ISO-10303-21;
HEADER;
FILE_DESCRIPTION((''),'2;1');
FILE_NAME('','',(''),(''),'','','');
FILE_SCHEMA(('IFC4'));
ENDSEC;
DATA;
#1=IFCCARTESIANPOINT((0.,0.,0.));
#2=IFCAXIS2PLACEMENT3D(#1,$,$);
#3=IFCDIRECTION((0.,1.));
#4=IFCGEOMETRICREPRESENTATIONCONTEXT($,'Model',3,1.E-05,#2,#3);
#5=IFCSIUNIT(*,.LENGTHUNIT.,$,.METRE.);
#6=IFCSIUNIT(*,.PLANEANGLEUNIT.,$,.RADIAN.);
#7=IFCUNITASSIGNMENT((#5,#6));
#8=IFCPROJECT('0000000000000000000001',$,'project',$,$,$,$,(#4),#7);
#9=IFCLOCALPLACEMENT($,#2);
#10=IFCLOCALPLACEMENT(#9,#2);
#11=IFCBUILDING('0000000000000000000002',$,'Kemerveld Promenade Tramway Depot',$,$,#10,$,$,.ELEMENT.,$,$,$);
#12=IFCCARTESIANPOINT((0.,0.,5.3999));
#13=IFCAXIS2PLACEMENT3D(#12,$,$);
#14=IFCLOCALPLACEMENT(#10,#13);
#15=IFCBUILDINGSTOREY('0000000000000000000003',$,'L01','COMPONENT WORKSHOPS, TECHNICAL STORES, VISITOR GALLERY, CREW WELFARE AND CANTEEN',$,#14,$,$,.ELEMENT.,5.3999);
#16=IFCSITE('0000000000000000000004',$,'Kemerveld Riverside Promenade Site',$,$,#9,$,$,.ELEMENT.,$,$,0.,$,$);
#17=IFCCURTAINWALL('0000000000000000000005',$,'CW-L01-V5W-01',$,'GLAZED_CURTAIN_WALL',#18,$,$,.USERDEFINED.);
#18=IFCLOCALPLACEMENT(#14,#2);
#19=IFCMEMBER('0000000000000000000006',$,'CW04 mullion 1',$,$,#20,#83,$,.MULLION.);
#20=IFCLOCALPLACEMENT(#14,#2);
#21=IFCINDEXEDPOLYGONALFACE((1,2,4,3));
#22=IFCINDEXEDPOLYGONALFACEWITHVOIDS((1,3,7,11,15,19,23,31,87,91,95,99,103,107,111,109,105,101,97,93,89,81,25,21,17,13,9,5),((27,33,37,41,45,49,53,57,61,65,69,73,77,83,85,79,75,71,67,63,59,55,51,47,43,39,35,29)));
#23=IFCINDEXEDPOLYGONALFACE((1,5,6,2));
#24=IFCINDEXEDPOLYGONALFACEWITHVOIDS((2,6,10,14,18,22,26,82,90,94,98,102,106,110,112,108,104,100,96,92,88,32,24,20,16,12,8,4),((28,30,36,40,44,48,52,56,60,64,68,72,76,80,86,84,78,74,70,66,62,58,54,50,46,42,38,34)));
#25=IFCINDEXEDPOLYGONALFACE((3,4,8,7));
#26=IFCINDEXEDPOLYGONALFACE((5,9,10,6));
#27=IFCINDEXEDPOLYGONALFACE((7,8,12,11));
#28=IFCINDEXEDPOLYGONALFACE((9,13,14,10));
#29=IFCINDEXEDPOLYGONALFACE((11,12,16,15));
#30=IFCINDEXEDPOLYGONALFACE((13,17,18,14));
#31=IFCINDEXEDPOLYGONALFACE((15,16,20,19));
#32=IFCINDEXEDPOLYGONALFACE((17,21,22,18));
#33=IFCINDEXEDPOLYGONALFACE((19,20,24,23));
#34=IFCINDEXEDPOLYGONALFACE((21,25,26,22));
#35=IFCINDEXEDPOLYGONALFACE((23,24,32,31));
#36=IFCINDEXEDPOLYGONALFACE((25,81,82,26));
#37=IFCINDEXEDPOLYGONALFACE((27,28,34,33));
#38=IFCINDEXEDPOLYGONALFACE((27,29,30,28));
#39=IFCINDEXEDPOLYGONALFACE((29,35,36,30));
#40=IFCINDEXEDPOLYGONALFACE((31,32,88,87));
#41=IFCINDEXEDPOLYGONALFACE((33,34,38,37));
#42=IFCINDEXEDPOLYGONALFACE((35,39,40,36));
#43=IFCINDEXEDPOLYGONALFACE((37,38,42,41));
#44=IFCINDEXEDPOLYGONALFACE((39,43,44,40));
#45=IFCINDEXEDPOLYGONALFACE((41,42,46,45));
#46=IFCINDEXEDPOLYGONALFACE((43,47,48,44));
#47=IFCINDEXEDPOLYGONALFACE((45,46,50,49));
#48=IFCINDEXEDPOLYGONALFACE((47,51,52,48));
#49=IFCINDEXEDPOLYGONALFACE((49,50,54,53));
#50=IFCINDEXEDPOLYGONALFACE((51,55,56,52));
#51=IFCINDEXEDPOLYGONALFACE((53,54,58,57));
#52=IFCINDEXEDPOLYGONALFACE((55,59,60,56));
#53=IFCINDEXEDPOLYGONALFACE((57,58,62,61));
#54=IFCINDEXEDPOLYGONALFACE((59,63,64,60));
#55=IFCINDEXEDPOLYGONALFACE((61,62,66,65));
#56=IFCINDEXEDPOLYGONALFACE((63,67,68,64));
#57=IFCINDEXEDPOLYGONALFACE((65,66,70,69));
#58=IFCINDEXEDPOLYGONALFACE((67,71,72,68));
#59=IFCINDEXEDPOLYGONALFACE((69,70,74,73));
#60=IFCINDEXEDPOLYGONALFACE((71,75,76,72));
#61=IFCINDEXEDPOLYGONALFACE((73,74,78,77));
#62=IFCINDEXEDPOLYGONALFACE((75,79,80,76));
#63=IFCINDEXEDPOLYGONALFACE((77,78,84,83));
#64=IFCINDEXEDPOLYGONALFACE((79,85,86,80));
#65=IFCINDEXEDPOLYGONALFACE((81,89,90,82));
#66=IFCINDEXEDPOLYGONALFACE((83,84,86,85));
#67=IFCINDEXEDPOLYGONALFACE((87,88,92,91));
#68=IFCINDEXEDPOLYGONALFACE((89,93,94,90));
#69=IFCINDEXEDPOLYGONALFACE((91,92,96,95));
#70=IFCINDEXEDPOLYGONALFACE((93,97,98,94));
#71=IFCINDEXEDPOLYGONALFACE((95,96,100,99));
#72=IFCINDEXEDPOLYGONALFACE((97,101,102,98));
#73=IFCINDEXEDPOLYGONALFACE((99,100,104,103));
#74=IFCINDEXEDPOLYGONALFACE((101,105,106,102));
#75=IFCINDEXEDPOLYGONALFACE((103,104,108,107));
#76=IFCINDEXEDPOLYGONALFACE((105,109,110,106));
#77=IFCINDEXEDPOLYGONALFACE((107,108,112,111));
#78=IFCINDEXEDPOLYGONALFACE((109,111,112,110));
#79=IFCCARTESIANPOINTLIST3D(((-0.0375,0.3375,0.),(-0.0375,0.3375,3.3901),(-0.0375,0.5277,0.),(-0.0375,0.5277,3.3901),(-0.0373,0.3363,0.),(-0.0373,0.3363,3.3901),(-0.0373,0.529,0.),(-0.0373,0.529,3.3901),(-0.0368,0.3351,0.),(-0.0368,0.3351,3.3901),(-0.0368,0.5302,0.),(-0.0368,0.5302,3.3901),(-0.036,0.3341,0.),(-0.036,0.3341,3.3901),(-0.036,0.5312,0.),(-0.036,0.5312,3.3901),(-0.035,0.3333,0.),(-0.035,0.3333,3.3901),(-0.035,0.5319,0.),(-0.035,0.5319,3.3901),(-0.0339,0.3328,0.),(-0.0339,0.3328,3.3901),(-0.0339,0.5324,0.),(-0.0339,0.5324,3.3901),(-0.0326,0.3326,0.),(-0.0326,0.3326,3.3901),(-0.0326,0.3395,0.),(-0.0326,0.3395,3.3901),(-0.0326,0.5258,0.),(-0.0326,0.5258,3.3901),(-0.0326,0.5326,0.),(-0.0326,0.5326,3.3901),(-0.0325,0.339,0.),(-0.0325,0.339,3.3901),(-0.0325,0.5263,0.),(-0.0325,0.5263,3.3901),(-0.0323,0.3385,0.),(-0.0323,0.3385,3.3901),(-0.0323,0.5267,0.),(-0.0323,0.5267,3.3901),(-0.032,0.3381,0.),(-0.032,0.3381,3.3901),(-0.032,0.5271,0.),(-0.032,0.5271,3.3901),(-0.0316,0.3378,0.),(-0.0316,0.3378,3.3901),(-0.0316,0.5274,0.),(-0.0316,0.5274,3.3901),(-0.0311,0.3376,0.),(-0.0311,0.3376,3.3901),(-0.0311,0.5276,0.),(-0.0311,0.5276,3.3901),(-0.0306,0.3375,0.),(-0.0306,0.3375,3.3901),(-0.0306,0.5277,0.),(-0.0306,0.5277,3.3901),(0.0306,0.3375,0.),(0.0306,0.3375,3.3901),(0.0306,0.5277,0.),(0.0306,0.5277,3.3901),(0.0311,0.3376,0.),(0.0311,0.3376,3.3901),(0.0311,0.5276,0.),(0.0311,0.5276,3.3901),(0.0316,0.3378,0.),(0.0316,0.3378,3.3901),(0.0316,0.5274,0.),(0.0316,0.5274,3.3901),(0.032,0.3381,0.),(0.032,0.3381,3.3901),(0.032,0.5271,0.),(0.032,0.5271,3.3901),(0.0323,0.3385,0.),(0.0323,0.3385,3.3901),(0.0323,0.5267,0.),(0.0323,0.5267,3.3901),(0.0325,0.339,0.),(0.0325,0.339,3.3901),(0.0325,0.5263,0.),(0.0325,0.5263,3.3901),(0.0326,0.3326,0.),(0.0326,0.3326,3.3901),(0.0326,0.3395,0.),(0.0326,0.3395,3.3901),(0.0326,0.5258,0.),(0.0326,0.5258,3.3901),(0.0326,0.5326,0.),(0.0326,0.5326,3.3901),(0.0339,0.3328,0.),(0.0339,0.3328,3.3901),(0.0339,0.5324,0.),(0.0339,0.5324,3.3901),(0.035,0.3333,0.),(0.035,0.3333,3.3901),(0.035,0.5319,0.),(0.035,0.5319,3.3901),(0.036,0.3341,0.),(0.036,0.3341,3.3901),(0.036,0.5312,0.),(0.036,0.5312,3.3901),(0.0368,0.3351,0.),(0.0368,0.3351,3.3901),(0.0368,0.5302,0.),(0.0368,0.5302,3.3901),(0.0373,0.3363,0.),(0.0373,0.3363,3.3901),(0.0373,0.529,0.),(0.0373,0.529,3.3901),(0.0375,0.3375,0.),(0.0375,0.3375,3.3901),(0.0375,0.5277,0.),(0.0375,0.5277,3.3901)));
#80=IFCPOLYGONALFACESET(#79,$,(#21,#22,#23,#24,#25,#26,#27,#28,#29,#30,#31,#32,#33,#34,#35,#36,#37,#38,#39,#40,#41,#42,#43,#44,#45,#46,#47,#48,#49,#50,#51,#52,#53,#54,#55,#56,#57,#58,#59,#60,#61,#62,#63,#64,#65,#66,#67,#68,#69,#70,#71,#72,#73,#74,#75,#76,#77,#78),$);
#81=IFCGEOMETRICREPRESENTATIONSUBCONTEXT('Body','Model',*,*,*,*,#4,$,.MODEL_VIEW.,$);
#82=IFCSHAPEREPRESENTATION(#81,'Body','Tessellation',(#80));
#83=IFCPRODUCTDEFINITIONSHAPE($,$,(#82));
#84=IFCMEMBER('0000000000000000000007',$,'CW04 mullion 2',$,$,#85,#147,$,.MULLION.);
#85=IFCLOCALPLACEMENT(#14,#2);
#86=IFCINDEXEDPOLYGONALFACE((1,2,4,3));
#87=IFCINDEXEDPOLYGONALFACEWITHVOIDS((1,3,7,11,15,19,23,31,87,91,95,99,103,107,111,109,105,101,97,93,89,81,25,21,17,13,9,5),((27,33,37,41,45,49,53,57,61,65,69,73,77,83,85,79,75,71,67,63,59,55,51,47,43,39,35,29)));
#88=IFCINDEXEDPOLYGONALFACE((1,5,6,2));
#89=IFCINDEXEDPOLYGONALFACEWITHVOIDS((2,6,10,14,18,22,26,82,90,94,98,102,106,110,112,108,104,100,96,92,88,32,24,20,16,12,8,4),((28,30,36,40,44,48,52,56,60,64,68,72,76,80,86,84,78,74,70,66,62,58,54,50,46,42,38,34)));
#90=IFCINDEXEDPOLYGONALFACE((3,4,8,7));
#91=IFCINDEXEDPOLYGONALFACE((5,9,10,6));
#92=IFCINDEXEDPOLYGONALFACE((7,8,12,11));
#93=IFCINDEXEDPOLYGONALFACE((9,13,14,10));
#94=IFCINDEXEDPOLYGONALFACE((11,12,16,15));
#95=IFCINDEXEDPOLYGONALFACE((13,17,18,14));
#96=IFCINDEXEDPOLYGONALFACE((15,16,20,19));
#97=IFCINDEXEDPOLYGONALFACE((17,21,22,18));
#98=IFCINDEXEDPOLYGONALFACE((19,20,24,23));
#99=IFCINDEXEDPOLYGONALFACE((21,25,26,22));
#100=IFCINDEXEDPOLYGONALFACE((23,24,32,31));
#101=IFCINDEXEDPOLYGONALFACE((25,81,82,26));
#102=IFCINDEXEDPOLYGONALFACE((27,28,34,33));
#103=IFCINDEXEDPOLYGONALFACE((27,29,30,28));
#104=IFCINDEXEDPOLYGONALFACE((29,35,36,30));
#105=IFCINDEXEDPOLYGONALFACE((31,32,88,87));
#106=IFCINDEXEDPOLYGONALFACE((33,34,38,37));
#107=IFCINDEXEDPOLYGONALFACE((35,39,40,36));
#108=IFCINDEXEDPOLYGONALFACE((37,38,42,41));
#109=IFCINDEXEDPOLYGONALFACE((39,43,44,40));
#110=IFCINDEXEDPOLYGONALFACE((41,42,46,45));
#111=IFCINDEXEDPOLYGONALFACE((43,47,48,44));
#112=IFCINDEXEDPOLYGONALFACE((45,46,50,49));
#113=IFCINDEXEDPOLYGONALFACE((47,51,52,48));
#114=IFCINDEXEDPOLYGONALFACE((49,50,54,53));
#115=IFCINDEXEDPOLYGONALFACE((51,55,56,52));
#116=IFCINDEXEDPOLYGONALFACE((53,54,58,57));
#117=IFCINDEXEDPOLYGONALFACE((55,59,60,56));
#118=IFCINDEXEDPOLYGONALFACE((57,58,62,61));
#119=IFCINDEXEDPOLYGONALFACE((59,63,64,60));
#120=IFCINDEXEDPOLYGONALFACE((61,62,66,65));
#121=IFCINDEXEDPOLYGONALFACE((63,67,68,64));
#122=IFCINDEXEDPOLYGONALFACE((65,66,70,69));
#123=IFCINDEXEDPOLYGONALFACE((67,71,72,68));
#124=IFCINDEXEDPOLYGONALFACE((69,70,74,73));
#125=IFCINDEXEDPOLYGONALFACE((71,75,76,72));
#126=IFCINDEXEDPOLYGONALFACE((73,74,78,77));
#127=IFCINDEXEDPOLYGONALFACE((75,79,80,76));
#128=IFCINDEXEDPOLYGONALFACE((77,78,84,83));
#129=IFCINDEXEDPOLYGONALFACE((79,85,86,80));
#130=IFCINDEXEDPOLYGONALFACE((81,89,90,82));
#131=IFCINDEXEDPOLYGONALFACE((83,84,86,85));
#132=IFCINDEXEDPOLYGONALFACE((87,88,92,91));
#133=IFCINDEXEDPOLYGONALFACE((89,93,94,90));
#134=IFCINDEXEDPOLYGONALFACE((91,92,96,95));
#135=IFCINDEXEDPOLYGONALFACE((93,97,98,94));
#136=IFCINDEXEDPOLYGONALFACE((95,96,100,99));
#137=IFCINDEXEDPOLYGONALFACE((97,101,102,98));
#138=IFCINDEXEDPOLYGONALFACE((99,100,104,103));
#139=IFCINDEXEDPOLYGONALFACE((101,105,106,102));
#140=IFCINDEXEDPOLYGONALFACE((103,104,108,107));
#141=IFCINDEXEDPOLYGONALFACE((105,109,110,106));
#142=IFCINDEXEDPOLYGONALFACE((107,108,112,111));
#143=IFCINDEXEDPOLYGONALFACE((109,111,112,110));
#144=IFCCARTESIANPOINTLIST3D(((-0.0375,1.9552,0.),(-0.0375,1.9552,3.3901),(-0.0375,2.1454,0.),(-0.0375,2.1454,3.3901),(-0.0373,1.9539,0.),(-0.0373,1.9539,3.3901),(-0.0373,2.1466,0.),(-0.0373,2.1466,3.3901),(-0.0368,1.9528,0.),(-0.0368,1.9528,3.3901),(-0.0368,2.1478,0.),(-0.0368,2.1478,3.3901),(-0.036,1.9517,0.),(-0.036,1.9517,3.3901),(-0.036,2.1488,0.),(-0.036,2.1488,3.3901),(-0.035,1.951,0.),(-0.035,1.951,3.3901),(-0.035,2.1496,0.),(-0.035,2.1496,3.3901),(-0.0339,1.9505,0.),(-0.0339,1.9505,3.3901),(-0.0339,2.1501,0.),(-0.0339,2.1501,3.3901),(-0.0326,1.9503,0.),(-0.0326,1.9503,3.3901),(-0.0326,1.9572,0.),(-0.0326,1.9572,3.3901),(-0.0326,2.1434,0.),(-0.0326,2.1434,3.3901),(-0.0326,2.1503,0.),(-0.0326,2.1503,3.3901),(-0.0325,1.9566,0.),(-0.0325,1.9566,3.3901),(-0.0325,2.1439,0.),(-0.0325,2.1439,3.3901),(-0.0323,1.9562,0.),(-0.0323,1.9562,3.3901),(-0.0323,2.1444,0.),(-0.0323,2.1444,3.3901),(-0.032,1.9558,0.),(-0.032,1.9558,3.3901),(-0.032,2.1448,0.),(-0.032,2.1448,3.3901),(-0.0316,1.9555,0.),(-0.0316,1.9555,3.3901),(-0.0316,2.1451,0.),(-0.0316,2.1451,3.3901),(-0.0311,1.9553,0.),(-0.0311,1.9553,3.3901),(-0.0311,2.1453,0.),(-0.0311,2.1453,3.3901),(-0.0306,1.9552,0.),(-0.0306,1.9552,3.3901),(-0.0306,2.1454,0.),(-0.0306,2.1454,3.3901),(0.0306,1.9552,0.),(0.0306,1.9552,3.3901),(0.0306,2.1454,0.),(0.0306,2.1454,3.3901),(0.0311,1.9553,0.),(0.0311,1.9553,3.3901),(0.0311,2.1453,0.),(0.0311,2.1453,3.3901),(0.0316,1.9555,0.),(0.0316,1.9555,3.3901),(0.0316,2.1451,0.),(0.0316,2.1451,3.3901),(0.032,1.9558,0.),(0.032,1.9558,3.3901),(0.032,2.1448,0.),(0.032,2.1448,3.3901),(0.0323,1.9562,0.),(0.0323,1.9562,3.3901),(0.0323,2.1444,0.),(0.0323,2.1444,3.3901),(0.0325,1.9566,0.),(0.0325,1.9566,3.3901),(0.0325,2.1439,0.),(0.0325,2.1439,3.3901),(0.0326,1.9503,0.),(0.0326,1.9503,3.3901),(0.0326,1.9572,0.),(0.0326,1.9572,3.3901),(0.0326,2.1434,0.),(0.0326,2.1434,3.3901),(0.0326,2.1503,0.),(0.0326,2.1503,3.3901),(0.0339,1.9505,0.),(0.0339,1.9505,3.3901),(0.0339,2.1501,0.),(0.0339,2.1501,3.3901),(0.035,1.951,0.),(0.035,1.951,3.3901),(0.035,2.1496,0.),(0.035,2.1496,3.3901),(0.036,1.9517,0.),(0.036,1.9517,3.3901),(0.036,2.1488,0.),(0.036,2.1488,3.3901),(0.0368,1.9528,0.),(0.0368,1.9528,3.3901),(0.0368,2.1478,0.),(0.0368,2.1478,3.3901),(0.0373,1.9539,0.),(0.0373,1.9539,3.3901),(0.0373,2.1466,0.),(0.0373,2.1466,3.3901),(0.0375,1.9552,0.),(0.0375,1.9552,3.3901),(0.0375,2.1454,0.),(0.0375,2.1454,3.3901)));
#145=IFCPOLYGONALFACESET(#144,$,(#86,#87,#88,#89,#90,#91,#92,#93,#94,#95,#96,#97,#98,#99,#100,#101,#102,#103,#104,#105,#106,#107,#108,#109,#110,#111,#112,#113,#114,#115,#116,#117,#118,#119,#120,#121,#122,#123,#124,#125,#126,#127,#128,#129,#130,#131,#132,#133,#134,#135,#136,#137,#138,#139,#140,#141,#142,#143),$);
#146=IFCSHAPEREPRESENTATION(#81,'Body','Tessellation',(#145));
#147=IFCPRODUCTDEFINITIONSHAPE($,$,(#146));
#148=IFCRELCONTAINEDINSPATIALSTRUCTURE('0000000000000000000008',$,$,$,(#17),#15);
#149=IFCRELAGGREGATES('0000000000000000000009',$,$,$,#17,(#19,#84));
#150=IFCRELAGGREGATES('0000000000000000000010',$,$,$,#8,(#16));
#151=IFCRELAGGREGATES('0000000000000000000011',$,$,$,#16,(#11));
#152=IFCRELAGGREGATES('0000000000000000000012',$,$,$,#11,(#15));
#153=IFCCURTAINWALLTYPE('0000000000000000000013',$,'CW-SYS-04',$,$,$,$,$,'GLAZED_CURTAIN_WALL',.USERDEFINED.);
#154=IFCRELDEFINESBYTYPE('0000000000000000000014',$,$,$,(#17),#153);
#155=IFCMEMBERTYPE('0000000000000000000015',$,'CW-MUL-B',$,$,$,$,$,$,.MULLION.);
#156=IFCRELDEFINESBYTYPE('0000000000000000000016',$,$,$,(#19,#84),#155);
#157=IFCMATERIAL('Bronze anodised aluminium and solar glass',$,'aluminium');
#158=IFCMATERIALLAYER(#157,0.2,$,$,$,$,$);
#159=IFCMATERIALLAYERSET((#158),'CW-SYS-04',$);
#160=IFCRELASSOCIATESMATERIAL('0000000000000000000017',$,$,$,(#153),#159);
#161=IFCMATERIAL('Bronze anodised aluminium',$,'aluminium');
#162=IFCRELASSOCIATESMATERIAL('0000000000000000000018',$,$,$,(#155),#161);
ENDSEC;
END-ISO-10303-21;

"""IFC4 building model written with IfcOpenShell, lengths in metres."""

from ifc_helpers import new_model, si_unit, direction, frame, origin, origin_2d, place, context, subcontext, project, spatial, hollow_rectangle, extrude, material, layer, layer_set, material_profile, profile_set, type_object, element, aggregate, save


model = new_model("IFC4")

# Units and contexts
model_context = context("Model", 3, precision=1e-05, world=origin(), true_north=direction((0.0, 1.0)))
body_context = subcontext(model_context, "Body", "Model", "MODEL_VIEW")
ifc_project = project(units=[si_unit("LENGTHUNIT", "METRE"), si_unit("PLANEANGLEUNIT", "RADIAN")], contexts=[model_context])

# Site, building, storey
site_placement = place(None, origin())
site = spatial("IfcSite", under=ifc_project, at=site_placement, Name="Kemerveld Riverside Promenade Site", CompositionType="ELEMENT", RefElevation=0.0)
building_placement = place(site_placement, origin())
building = spatial("IfcBuilding", under=site, at=building_placement, Name="Kemerveld Promenade Tramway Depot", CompositionType="ELEMENT")
storey_placement = place(building_placement, frame((0.0, 0.0, 5.3999)))
storey = spatial("IfcBuildingStorey", under=building, at=storey_placement, Name="L01", Description="COMPONENT WORKSHOPS, TECHNICAL STORES, VISITOR GALLERY, CREW WELFARE AND CANTEEN", CompositionType="ELEMENT", Elevation=5.3999)

# Curtain wall, members
ifc_material_1 = material(Name="Bronze anodised aluminium and solar glass", Category="aluminium")
ifc_layer_1 = layer(ifc_material_1, 0.2)
ifc_layer_set_1 = layer_set([ifc_layer_1], Name="CW-SYS-04")
curtain_wall_type = type_object("IfcCurtainWallType", Name="CW-SYS-04", ElementType="GLAZED_CURTAIN_WALL", PredefinedType="USERDEFINED", material=ifc_layer_set_1)
curtain_wall_placement = place(storey_placement, origin())
curtain_wall = element("IfcCurtainWall", 1, at=curtain_wall_placement, inside=storey, type_object=curtain_wall_type, Name="CW-L01-V5W-01", ObjectType="GLAZED_CURTAIN_WALL", PredefinedType="USERDEFINED")
ifc_material_2 = material(Name="Bronze anodised aluminium", Category="aluminium")
ifc_material_profile_1 = material_profile(ifc_material_2, hollow_rectangle(XDim=0.075, YDim=0.2, WallThickness=0.0049, InnerFilletRadius=0.002, OuterFilletRadius=0.0049, at=origin_2d()), Name="CW-MUL-200x75")
ifc_profile_set_1 = profile_set([ifc_material_profile_1], Name="Bronze anodised aluminium")
member_type_1 = type_object("IfcMemberType", Name="CW-MUL-B", PredefinedType="MULLION", material=ifc_profile_set_1)
member_1_placement = place(storey_placement, frame((0.0, 0.4326, 0.0), z_axis=(0.0, 0.0, 1.0), x_axis=(-1.0, 0.0, 0.0)))
member_1 = element("IfcMember", 2, at=member_1_placement, type_object=member_type_1, Name="CW04 mullion 1", PredefinedType="MULLION", context=body_context, shape_type="SweptSolid", body=[
    extrude(hollow_rectangle(XDim=0.075, YDim=0.2, WallThickness=0.0049, InnerFilletRadius=0.002, OuterFilletRadius=0.0049, at=origin_2d()), origin(), (0.0, 0.0, 1.0), 3.3901),
])
member_2_placement = place(storey_placement, frame((0.0, 2.0503, 0.0), z_axis=(0.0, 0.0, 1.0), x_axis=(-1.0, 0.0, 0.0)))
member_2 = element("IfcMember", 3, at=member_2_placement, type_object=member_type_1, Name="CW04 mullion 2", PredefinedType="MULLION", context=body_context, shape_type="SweptSolid", body=[
    extrude(hollow_rectangle(XDim=0.075, YDim=0.2, WallThickness=0.0049, InnerFilletRadius=0.002, OuterFilletRadius=0.0049, at=origin_2d()), origin(), (0.0, 0.0, 1.0), 3.3901),
])
aggregate(curtain_wall, [member_1, member_2])

save(model, "model.ifc")
